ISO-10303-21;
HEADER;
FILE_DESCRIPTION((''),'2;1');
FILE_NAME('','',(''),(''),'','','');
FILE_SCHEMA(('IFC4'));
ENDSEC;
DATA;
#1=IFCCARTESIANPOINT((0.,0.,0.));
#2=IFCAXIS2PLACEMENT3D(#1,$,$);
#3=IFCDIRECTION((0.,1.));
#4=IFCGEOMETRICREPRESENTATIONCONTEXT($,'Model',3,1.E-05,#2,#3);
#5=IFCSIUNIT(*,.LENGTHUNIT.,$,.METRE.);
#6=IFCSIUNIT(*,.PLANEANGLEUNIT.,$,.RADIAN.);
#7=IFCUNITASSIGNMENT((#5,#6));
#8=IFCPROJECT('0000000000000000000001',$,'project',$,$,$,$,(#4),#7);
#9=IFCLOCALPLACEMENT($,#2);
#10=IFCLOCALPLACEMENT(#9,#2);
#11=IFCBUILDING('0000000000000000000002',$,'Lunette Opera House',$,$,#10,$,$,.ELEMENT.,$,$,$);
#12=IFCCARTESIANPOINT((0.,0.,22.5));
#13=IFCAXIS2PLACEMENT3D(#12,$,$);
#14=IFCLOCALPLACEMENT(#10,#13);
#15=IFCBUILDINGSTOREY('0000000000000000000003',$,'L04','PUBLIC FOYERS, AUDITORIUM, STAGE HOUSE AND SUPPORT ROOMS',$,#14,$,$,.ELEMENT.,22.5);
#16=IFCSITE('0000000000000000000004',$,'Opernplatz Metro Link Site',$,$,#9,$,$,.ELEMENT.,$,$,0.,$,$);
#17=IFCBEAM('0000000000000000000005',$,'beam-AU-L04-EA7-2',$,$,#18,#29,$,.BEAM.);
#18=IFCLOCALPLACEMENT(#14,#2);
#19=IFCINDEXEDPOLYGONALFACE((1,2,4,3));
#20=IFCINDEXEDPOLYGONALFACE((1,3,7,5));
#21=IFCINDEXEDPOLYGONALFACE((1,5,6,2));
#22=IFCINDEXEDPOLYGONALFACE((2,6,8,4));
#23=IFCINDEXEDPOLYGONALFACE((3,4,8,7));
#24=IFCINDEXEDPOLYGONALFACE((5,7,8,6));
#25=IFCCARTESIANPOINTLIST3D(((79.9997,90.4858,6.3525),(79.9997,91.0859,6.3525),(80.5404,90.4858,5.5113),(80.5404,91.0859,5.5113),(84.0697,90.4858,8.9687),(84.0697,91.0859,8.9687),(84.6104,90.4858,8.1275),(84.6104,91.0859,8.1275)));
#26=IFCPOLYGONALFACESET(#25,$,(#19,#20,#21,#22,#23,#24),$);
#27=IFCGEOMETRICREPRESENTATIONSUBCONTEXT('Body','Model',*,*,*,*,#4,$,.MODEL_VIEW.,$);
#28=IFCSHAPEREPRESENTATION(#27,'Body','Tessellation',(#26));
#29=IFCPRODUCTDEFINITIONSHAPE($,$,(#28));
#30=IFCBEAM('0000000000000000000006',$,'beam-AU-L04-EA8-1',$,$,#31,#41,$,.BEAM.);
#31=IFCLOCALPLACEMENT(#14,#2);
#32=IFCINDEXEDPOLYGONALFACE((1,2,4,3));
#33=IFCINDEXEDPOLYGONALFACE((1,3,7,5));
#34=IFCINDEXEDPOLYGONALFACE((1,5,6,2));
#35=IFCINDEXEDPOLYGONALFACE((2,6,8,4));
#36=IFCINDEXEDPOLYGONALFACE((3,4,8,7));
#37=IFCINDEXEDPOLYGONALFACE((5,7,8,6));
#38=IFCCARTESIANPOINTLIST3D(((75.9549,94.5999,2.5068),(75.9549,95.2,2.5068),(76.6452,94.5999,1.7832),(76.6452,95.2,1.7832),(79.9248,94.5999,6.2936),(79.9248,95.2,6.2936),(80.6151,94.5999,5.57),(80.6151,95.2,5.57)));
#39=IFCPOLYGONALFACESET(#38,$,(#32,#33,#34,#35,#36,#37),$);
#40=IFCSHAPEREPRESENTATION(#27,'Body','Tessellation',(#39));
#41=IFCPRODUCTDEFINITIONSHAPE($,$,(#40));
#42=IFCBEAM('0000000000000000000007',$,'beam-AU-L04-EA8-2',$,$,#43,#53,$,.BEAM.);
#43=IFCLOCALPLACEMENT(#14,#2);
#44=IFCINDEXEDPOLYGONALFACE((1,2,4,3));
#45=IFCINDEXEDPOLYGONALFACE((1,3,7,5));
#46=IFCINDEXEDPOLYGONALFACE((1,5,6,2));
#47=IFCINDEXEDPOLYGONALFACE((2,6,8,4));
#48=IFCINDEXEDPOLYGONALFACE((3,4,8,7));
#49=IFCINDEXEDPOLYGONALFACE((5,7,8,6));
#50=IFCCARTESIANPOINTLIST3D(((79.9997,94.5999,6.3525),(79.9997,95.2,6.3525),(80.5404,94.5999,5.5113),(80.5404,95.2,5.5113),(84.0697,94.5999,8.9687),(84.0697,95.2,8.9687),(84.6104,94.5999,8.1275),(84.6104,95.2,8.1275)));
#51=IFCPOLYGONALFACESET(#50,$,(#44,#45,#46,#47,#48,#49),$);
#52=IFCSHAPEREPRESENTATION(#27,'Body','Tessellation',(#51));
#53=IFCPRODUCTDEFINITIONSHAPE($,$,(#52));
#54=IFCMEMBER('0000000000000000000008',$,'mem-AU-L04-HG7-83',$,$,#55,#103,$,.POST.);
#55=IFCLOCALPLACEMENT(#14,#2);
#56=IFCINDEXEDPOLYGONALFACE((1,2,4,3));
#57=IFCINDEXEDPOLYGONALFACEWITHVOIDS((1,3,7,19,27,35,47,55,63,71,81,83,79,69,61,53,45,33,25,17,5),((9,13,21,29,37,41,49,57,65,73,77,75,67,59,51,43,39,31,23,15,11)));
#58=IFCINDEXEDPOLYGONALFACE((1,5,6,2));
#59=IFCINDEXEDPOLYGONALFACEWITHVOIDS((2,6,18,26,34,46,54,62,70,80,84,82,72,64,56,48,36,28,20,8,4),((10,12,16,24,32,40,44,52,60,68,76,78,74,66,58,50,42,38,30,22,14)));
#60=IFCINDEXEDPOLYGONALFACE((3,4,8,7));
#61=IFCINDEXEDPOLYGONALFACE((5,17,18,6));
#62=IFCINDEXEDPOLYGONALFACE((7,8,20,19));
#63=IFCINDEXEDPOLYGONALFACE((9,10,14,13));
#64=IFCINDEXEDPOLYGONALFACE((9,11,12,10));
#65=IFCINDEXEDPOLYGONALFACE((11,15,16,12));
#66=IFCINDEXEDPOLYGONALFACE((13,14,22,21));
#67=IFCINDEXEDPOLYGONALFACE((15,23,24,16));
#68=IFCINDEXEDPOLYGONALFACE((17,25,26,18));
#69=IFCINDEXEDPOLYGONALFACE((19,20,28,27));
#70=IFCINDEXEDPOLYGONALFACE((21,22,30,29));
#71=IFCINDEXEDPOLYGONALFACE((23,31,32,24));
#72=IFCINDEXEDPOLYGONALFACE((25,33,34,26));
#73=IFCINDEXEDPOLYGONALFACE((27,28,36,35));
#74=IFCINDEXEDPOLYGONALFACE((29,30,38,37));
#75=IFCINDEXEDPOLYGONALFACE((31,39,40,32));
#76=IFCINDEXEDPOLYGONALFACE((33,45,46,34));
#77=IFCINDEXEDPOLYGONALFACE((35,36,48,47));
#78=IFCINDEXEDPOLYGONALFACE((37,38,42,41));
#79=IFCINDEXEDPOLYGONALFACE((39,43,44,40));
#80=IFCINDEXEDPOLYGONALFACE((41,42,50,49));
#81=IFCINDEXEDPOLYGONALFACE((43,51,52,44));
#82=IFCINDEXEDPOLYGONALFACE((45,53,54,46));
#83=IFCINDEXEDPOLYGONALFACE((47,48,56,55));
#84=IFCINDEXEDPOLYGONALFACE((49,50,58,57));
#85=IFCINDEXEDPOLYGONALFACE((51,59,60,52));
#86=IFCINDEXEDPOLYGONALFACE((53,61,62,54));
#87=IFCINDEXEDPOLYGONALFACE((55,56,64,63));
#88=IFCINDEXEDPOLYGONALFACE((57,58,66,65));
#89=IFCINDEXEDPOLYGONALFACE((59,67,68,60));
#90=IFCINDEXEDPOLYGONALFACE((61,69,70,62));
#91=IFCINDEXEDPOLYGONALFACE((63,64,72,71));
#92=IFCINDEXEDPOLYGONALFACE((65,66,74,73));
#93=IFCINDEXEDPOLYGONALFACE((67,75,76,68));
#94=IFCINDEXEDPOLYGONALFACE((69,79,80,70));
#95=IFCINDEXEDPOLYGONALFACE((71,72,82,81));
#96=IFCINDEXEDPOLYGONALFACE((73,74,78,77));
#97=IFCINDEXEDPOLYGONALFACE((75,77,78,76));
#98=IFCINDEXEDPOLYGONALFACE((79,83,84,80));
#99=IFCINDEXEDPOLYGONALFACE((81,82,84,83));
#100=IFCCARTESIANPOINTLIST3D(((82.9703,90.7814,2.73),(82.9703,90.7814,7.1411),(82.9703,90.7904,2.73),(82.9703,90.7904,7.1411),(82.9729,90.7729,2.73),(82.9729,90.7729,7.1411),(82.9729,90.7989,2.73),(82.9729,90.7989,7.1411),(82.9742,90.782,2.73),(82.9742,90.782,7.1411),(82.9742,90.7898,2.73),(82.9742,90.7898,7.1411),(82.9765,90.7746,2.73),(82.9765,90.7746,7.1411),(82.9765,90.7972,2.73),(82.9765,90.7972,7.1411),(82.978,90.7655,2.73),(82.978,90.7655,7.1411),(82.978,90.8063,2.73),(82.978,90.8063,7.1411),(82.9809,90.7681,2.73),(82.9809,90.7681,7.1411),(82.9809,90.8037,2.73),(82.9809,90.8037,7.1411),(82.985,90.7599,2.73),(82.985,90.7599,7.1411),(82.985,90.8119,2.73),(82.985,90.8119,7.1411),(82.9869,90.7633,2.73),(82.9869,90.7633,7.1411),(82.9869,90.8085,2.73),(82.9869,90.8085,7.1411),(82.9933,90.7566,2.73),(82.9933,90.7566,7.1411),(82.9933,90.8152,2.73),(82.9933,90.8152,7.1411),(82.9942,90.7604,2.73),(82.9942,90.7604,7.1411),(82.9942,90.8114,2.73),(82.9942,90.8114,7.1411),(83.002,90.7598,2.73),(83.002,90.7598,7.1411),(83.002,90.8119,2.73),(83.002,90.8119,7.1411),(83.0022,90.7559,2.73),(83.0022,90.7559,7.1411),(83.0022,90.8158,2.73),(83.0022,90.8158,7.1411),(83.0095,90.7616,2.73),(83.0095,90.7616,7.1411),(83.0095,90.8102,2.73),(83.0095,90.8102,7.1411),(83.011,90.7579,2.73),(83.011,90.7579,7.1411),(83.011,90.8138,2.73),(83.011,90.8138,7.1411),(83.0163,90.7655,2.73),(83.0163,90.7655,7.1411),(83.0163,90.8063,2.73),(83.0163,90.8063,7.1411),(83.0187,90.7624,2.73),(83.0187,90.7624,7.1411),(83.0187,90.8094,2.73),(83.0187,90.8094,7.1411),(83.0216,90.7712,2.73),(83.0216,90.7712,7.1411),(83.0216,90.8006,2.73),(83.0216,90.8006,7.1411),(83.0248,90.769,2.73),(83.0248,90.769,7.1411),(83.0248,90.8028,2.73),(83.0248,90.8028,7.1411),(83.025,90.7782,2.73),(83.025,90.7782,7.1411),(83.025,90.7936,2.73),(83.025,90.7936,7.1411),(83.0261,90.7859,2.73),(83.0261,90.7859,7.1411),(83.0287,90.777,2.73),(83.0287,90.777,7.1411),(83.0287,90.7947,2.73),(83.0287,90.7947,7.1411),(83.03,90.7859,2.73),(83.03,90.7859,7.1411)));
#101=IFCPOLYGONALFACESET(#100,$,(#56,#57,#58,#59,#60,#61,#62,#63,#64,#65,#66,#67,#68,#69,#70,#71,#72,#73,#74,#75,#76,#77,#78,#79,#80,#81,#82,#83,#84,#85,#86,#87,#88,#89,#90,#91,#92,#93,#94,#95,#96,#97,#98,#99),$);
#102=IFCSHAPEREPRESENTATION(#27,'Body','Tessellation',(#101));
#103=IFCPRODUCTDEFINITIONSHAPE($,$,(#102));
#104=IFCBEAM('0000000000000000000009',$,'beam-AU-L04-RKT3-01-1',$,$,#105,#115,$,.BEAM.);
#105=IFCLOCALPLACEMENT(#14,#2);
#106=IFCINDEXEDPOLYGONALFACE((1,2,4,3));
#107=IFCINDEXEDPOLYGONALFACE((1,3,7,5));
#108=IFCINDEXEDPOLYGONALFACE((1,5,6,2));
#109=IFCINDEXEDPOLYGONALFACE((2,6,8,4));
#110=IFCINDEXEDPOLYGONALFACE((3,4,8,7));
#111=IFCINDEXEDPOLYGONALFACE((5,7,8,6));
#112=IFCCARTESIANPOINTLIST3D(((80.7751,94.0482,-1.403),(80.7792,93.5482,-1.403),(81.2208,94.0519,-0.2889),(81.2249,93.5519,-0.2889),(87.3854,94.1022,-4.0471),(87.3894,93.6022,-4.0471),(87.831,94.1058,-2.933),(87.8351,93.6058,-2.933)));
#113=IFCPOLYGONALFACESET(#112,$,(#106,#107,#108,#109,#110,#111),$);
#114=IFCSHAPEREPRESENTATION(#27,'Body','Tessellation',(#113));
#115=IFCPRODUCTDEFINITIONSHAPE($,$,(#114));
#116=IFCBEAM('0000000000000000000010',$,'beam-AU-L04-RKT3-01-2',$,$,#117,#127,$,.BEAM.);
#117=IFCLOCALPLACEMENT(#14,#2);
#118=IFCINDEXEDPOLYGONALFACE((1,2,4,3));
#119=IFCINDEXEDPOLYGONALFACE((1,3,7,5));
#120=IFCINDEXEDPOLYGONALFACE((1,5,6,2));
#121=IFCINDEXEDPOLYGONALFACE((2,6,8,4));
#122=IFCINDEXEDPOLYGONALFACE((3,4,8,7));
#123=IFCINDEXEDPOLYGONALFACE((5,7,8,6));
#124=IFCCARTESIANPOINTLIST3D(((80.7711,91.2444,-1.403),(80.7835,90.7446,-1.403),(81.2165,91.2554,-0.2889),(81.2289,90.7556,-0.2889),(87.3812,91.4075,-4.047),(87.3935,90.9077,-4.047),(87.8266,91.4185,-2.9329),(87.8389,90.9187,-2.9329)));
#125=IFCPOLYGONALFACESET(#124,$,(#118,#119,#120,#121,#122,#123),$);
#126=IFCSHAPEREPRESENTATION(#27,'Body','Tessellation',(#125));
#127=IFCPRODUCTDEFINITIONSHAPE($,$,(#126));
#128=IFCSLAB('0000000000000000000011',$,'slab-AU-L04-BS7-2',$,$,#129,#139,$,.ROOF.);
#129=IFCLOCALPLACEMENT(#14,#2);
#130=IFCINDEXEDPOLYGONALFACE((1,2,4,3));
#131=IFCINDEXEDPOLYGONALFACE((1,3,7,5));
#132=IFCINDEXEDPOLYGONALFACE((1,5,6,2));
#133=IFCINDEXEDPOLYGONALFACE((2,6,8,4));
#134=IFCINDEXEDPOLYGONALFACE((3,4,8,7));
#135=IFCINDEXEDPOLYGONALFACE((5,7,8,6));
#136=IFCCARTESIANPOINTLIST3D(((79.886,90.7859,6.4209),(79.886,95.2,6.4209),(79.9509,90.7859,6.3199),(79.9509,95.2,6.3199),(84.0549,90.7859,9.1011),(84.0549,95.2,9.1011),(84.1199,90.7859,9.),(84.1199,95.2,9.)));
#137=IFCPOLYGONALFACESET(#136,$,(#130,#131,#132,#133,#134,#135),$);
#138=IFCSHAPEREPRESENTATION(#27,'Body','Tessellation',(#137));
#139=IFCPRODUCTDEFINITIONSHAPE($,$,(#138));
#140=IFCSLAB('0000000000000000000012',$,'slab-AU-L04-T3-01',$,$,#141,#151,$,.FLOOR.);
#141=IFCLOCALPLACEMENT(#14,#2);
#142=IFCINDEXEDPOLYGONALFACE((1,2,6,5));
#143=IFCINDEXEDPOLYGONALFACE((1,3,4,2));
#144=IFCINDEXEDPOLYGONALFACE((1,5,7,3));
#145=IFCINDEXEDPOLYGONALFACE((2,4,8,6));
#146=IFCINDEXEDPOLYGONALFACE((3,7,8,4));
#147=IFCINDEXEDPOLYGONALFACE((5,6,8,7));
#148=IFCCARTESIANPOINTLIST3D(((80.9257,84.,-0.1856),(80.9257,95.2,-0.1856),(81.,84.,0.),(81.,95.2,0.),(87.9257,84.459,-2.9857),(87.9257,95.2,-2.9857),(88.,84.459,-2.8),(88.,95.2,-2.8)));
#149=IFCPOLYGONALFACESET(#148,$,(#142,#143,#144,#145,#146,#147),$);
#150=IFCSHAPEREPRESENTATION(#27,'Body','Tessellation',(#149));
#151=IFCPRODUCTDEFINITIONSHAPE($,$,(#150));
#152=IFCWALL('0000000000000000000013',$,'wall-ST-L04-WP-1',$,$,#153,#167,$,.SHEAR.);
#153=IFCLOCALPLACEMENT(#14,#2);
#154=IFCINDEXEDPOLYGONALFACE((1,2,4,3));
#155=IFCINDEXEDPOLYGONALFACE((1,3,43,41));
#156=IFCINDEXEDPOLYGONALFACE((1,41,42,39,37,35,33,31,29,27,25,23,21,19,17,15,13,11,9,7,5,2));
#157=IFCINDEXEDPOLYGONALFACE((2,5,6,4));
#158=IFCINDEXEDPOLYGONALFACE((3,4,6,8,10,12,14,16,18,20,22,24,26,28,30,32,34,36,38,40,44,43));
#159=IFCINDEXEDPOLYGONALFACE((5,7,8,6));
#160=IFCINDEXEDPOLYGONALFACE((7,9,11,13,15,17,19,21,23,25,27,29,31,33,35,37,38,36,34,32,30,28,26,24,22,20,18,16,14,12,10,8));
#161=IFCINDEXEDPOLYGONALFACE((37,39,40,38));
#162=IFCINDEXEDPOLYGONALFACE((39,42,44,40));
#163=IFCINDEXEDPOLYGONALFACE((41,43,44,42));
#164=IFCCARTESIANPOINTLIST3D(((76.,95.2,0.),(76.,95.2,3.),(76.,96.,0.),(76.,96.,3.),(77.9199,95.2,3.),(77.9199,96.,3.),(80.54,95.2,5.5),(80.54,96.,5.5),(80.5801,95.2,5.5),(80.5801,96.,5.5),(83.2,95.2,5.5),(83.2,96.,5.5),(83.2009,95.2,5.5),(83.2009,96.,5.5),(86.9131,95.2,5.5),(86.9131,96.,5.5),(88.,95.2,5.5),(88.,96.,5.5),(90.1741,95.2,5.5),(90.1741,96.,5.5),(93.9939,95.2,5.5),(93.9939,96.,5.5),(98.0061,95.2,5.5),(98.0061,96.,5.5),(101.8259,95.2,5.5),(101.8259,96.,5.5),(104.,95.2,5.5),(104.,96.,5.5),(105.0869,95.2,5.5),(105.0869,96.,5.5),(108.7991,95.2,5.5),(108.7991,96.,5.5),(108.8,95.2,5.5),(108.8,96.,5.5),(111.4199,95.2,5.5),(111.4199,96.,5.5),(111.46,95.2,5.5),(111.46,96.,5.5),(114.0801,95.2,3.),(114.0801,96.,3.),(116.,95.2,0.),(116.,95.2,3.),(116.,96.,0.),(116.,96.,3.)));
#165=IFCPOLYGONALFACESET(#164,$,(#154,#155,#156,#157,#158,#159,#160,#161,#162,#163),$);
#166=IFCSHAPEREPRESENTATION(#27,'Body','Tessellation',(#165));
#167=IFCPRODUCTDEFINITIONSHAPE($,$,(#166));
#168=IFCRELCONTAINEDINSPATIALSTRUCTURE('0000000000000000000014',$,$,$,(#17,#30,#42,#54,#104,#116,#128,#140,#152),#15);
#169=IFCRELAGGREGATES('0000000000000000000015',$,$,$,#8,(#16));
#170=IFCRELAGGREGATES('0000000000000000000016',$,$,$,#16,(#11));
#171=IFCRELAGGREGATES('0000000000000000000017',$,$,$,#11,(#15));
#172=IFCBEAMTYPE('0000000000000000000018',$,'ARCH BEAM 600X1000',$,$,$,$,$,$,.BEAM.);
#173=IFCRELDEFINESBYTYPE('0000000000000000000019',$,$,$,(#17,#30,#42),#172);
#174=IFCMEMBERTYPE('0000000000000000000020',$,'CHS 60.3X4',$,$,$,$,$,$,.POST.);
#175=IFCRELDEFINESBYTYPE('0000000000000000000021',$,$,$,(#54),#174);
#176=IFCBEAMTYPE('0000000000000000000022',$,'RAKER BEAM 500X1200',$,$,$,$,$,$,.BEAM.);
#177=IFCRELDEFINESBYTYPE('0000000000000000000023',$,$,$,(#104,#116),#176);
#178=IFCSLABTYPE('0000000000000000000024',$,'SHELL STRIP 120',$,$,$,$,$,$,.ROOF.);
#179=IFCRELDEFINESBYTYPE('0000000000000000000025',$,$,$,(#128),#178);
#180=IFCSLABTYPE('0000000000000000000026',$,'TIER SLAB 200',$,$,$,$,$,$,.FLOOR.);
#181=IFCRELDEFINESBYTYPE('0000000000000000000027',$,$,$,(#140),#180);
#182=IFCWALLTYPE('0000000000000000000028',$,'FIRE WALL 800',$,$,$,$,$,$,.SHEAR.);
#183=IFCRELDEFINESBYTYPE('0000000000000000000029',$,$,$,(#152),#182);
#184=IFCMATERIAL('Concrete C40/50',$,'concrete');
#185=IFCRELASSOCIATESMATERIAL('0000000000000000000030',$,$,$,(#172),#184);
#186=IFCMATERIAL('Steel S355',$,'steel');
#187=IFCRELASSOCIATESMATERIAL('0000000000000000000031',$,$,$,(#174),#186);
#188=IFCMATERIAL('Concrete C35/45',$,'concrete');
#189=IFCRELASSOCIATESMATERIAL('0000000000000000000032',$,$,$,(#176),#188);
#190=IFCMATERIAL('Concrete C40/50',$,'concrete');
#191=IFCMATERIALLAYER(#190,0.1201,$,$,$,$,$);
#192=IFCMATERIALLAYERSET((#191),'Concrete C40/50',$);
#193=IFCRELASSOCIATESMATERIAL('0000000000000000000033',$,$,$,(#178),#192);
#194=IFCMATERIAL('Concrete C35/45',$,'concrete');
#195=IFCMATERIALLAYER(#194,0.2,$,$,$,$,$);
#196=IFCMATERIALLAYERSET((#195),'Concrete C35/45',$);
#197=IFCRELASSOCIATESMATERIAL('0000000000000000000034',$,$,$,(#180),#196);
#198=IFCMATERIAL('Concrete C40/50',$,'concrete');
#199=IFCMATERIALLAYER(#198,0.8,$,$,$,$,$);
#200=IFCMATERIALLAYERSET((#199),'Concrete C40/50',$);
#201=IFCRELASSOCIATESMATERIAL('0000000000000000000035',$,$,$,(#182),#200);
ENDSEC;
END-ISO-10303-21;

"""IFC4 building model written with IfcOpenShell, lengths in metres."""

from ifc_helpers import new_model, si_unit, direction, frame, origin, origin_2d, place, context, subcontext, project, spatial, polyline, rectangle, hollow_circle, outline, extrude, material, layer, layer_set, material_profile, profile_set, type_object, element, save


model = new_model("IFC4")

# Units and contexts
model_context = context("Model", 3, precision=1e-05, world=origin(), true_north=direction((0.0, 1.0)))
body_context = subcontext(model_context, "Body", "Model", "MODEL_VIEW")
ifc_project = project(units=[si_unit("LENGTHUNIT", "METRE"), si_unit("PLANEANGLEUNIT", "RADIAN")], contexts=[model_context])

# Site, building, storey
site_placement = place(None, origin())
site = spatial("IfcSite", under=ifc_project, at=site_placement, Name="Opernplatz Metro Link Site", CompositionType="ELEMENT", RefElevation=0.0)
building_placement = place(site_placement, origin())
building = spatial("IfcBuilding", under=site, at=building_placement, Name="Lunette Opera House", CompositionType="ELEMENT")
storey_placement = place(building_placement, frame((0.0, 0.0, 22.5)))
storey = spatial("IfcBuildingStorey", under=building, at=storey_placement, Name="L04", Description="PUBLIC FOYERS, AUDITORIUM, STAGE HOUSE AND SUPPORT ROOMS", CompositionType="ELEMENT", Elevation=22.5)

# Beams
ifc_material_1 = material(Name="Concrete C40/50", Category="concrete")
ifc_material_profile_1 = material_profile(ifc_material_1, rectangle(XDim=0.6001, YDim=1.0, at=origin_2d()), Name="ARCH BEAM 600X1000")
ifc_profile_set_1 = profile_set([ifc_material_profile_1], Name="Concrete C40/50")
beam_type_1 = type_object("IfcBeamType", Name="ARCH BEAM 600X1000", PredefinedType="BEAM", material=ifc_profile_set_1)
beam_1_placement = place(storey_placement, frame((80.27, 90.7859, 5.9319), z_axis=(0.841203, 0.0, 0.540719), x_axis=(0.0, 1.0, 0.0)))
element("IfcBeam", 1, at=beam_1_placement, inside=storey, type_object=beam_type_1, Name="beam-AU-L04-EA7-2", PredefinedType="BEAM", context=body_context, shape_type="SweptSolid", body=[
    extrude(rectangle(XDim=0.6001, YDim=1.0, at=origin_2d()), origin(), (0.0, 0.0, 1.0), 4.8384),
])
beam_2_placement = place(storey_placement, frame((76.3, 94.8999, 2.145), z_axis=(0.723597, 0.0, 0.690223), x_axis=(0.0, 1.0, 0.0)))
element("IfcBeam", 2, at=beam_2_placement, inside=storey, type_object=beam_type_1, Name="beam-AU-L04-EA8-1", PredefinedType="BEAM", context=body_context, shape_type="SweptSolid", body=[
    extrude(rectangle(XDim=0.6001, YDim=1.0, at=origin_2d()), origin(), (0.0, 0.0, 1.0), 5.4863),
])
beam_3_placement = place(storey_placement, frame((80.27, 94.8999, 5.9319), z_axis=(0.841203, 0.0, 0.540719), x_axis=(0.0, 1.0, 0.0)))
element("IfcBeam", 3, at=beam_3_placement, inside=storey, type_object=beam_type_1, Name="beam-AU-L04-EA8-2", PredefinedType="BEAM", context=body_context, shape_type="SweptSolid", body=[
    extrude(rectangle(XDim=0.6001, YDim=1.0, at=origin_2d()), origin(), (0.0, 0.0, 1.0), 4.8384),
])

# Member
ifc_material_2 = material(Name="Steel S355", Category="steel")
ifc_material_profile_2 = material_profile(ifc_material_2, hollow_circle(Radius=0.03, WallThickness=0.0039, at=origin_2d()), Name="CHS 60.3X4")
ifc_profile_set_2 = profile_set([ifc_material_profile_2], Name="Steel S355")
member_type = type_object("IfcMemberType", Name="CHS 60.3X4", PredefinedType="POST", material=ifc_profile_set_2)
member_placement = place(storey_placement, frame((83.0, 90.7859, 2.73), z_axis=(0.0, 0.0, 1.0), x_axis=(1.0, 0.0, 0.0)))
element("IfcMember", 4, at=member_placement, inside=storey, type_object=member_type, Name="mem-AU-L04-HG7-83", PredefinedType="POST", context=body_context, shape_type="SweptSolid", body=[
    extrude(hollow_circle(Radius=0.03, WallThickness=0.0039, at=origin_2d()), origin(), (0.0, 0.0, 1.0), 4.4111),
])

# Beams
ifc_material_3 = material(Name="Concrete C35/45", Category="concrete")
ifc_material_profile_3 = material_profile(ifc_material_3, rectangle(XDim=0.5, YDim=1.2, at=origin_2d()), Name="RAKER BEAM 500X1200")
ifc_profile_set_3 = profile_set([ifc_material_profile_3], Name="Concrete C35/45")
beam_type_2 = type_object("IfcBeamType", Name="RAKER BEAM 500X1200", PredefinedType="BEAM", material=ifc_profile_set_3)
beam_4_placement = place(storey_placement, frame((81.0, 93.8, -0.8459), z_axis=(0.92845, 0.007578, -0.37138), x_axis=(-0.008162, 0.999967, 0.0)))
element("IfcBeam", 5, at=beam_4_placement, inside=storey, type_object=beam_type_2, Name="beam-AU-L04-RKT3-01-1", PredefinedType="BEAM", context=body_context, shape_type="SweptSolid", body=[
    extrude(rectangle(XDim=0.5, YDim=1.2, at=origin_2d()), origin(), (0.0, 0.0, 1.0), 7.1196),
])
beam_5_placement = place(storey_placement, frame((81.0, 91.0, -0.8459), z_axis=(0.928233, 0.022902, -0.371293), x_axis=(-0.024665, 0.999696, 0.0)))
element("IfcBeam", 6, at=beam_5_placement, inside=storey, type_object=beam_type_2, Name="beam-AU-L04-RKT3-01-2", PredefinedType="BEAM", context=body_context, shape_type="SweptSolid", body=[
    extrude(rectangle(XDim=0.5, YDim=1.2, at=origin_2d()), origin(), (0.0, 0.0, 1.0), 7.1211),
])

# Slabs
ifc_material_4 = material(Name="Concrete C40/50", Category="concrete")
ifc_layer_1 = layer(ifc_material_4, 0.1201)
ifc_layer_set_1 = layer_set([ifc_layer_1], Name="Concrete C40/50")
slab_type_1 = type_object("IfcSlabType", Name="SHELL STRIP 120", PredefinedType="ROOF", material=ifc_layer_set_1)
slab_1_placement = place(storey_placement, frame((79.886, 90.7859, 6.4209), z_axis=(-0.540778, 0.0, 0.841166), x_axis=(0.841166, 0.0, 0.540778)))
element("IfcSlab", 7, at=slab_1_placement, inside=storey, type_object=slab_type_1, Name="slab-AU-L04-BS7-2", PredefinedType="ROOF", context=body_context, shape_type="SweptSolid", body=[
    extrude(outline(polyline([(0.0, 0.0), (4.9562, 0.0), (4.9562, 4.4141), (0.0, 4.4141), (0.0, 0.0)])), origin(), (0.0, 0.0, -1.0), 0.1201),
])
ifc_material_5 = material(Name="Concrete C35/45", Category="concrete")
ifc_layer_2 = layer(ifc_material_5, 0.2)
ifc_layer_set_2 = layer_set([ifc_layer_2], Name="Concrete C35/45")
slab_type_2 = type_object("IfcSlabType", Name="TIER SLAB 200", PredefinedType="FLOOR", material=ifc_layer_set_2)
slab_2_placement = place(storey_placement, frame((81.0, 95.2, 0.0), z_axis=(0.371396, 0.0, 0.928474), x_axis=(0.0, -1.0, 0.0)))
element("IfcSlab", 8, at=slab_2_placement, inside=storey, type_object=slab_type_2, Name="slab-AU-L04-T3-01", PredefinedType="FLOOR", context=body_context, shape_type="SweptSolid", body=[
    extrude(outline(polyline([(0.0, 0.0), (11.2, 0.0), (10.741, 7.5392), (0.0, 7.5392), (0.0, 0.0)])), origin(), (0.0, 0.0, -1.0), 0.2),
])

# Wall
ifc_material_6 = material(Name="Concrete C40/50", Category="concrete")
ifc_layer_3 = layer(ifc_material_6, 0.8)
ifc_layer_set_3 = layer_set([ifc_layer_3], Name="Concrete C40/50")
wall_type_1 = type_object("IfcWallType", Name="FIRE WALL 800", PredefinedType="SHEAR", material=ifc_layer_set_3)
wall_1_placement = place(storey_placement, frame((76.0, 95.6001, 0.0), z_axis=(0.0, 0.0, 1.0), x_axis=(1.0, 0.0, 0.0)))
element("IfcWall", 9, at=wall_1_placement, inside=storey, type_object=wall_type_1, Name="wall-ST-L04-WP-1", PredefinedType="SHEAR", context=body_context, shape_type="SweptSolid", body=[
    extrude(outline(polyline([(0.0, 0.0), (40.0, 0.0), (40.0, 3.0), (38.0801, 3.0), (35.46, 5.5), (35.4199, 5.5), (32.8, 5.5), (32.7991, 5.5), (29.0869, 5.5), (28.0, 5.5), (25.8259, 5.5), (22.0061, 5.5), (17.9939, 5.5), (14.1741, 5.5), (12.0, 5.5), (10.9131, 5.5), (7.2009, 5.5), (7.2, 5.5), (4.5801, 5.5), (4.54, 5.5), (1.9199, 3.0), (0.0, 3.0), (0.0, 0.0)])), frame((0.0, 0.3999, 0.0), z_axis=(0.0, -1.0, 0.0), x_axis=(1.0, 0.0, 0.0)), (0.0, 0.0, 1.0), 0.8),
])

save(model, "model.ifc")
